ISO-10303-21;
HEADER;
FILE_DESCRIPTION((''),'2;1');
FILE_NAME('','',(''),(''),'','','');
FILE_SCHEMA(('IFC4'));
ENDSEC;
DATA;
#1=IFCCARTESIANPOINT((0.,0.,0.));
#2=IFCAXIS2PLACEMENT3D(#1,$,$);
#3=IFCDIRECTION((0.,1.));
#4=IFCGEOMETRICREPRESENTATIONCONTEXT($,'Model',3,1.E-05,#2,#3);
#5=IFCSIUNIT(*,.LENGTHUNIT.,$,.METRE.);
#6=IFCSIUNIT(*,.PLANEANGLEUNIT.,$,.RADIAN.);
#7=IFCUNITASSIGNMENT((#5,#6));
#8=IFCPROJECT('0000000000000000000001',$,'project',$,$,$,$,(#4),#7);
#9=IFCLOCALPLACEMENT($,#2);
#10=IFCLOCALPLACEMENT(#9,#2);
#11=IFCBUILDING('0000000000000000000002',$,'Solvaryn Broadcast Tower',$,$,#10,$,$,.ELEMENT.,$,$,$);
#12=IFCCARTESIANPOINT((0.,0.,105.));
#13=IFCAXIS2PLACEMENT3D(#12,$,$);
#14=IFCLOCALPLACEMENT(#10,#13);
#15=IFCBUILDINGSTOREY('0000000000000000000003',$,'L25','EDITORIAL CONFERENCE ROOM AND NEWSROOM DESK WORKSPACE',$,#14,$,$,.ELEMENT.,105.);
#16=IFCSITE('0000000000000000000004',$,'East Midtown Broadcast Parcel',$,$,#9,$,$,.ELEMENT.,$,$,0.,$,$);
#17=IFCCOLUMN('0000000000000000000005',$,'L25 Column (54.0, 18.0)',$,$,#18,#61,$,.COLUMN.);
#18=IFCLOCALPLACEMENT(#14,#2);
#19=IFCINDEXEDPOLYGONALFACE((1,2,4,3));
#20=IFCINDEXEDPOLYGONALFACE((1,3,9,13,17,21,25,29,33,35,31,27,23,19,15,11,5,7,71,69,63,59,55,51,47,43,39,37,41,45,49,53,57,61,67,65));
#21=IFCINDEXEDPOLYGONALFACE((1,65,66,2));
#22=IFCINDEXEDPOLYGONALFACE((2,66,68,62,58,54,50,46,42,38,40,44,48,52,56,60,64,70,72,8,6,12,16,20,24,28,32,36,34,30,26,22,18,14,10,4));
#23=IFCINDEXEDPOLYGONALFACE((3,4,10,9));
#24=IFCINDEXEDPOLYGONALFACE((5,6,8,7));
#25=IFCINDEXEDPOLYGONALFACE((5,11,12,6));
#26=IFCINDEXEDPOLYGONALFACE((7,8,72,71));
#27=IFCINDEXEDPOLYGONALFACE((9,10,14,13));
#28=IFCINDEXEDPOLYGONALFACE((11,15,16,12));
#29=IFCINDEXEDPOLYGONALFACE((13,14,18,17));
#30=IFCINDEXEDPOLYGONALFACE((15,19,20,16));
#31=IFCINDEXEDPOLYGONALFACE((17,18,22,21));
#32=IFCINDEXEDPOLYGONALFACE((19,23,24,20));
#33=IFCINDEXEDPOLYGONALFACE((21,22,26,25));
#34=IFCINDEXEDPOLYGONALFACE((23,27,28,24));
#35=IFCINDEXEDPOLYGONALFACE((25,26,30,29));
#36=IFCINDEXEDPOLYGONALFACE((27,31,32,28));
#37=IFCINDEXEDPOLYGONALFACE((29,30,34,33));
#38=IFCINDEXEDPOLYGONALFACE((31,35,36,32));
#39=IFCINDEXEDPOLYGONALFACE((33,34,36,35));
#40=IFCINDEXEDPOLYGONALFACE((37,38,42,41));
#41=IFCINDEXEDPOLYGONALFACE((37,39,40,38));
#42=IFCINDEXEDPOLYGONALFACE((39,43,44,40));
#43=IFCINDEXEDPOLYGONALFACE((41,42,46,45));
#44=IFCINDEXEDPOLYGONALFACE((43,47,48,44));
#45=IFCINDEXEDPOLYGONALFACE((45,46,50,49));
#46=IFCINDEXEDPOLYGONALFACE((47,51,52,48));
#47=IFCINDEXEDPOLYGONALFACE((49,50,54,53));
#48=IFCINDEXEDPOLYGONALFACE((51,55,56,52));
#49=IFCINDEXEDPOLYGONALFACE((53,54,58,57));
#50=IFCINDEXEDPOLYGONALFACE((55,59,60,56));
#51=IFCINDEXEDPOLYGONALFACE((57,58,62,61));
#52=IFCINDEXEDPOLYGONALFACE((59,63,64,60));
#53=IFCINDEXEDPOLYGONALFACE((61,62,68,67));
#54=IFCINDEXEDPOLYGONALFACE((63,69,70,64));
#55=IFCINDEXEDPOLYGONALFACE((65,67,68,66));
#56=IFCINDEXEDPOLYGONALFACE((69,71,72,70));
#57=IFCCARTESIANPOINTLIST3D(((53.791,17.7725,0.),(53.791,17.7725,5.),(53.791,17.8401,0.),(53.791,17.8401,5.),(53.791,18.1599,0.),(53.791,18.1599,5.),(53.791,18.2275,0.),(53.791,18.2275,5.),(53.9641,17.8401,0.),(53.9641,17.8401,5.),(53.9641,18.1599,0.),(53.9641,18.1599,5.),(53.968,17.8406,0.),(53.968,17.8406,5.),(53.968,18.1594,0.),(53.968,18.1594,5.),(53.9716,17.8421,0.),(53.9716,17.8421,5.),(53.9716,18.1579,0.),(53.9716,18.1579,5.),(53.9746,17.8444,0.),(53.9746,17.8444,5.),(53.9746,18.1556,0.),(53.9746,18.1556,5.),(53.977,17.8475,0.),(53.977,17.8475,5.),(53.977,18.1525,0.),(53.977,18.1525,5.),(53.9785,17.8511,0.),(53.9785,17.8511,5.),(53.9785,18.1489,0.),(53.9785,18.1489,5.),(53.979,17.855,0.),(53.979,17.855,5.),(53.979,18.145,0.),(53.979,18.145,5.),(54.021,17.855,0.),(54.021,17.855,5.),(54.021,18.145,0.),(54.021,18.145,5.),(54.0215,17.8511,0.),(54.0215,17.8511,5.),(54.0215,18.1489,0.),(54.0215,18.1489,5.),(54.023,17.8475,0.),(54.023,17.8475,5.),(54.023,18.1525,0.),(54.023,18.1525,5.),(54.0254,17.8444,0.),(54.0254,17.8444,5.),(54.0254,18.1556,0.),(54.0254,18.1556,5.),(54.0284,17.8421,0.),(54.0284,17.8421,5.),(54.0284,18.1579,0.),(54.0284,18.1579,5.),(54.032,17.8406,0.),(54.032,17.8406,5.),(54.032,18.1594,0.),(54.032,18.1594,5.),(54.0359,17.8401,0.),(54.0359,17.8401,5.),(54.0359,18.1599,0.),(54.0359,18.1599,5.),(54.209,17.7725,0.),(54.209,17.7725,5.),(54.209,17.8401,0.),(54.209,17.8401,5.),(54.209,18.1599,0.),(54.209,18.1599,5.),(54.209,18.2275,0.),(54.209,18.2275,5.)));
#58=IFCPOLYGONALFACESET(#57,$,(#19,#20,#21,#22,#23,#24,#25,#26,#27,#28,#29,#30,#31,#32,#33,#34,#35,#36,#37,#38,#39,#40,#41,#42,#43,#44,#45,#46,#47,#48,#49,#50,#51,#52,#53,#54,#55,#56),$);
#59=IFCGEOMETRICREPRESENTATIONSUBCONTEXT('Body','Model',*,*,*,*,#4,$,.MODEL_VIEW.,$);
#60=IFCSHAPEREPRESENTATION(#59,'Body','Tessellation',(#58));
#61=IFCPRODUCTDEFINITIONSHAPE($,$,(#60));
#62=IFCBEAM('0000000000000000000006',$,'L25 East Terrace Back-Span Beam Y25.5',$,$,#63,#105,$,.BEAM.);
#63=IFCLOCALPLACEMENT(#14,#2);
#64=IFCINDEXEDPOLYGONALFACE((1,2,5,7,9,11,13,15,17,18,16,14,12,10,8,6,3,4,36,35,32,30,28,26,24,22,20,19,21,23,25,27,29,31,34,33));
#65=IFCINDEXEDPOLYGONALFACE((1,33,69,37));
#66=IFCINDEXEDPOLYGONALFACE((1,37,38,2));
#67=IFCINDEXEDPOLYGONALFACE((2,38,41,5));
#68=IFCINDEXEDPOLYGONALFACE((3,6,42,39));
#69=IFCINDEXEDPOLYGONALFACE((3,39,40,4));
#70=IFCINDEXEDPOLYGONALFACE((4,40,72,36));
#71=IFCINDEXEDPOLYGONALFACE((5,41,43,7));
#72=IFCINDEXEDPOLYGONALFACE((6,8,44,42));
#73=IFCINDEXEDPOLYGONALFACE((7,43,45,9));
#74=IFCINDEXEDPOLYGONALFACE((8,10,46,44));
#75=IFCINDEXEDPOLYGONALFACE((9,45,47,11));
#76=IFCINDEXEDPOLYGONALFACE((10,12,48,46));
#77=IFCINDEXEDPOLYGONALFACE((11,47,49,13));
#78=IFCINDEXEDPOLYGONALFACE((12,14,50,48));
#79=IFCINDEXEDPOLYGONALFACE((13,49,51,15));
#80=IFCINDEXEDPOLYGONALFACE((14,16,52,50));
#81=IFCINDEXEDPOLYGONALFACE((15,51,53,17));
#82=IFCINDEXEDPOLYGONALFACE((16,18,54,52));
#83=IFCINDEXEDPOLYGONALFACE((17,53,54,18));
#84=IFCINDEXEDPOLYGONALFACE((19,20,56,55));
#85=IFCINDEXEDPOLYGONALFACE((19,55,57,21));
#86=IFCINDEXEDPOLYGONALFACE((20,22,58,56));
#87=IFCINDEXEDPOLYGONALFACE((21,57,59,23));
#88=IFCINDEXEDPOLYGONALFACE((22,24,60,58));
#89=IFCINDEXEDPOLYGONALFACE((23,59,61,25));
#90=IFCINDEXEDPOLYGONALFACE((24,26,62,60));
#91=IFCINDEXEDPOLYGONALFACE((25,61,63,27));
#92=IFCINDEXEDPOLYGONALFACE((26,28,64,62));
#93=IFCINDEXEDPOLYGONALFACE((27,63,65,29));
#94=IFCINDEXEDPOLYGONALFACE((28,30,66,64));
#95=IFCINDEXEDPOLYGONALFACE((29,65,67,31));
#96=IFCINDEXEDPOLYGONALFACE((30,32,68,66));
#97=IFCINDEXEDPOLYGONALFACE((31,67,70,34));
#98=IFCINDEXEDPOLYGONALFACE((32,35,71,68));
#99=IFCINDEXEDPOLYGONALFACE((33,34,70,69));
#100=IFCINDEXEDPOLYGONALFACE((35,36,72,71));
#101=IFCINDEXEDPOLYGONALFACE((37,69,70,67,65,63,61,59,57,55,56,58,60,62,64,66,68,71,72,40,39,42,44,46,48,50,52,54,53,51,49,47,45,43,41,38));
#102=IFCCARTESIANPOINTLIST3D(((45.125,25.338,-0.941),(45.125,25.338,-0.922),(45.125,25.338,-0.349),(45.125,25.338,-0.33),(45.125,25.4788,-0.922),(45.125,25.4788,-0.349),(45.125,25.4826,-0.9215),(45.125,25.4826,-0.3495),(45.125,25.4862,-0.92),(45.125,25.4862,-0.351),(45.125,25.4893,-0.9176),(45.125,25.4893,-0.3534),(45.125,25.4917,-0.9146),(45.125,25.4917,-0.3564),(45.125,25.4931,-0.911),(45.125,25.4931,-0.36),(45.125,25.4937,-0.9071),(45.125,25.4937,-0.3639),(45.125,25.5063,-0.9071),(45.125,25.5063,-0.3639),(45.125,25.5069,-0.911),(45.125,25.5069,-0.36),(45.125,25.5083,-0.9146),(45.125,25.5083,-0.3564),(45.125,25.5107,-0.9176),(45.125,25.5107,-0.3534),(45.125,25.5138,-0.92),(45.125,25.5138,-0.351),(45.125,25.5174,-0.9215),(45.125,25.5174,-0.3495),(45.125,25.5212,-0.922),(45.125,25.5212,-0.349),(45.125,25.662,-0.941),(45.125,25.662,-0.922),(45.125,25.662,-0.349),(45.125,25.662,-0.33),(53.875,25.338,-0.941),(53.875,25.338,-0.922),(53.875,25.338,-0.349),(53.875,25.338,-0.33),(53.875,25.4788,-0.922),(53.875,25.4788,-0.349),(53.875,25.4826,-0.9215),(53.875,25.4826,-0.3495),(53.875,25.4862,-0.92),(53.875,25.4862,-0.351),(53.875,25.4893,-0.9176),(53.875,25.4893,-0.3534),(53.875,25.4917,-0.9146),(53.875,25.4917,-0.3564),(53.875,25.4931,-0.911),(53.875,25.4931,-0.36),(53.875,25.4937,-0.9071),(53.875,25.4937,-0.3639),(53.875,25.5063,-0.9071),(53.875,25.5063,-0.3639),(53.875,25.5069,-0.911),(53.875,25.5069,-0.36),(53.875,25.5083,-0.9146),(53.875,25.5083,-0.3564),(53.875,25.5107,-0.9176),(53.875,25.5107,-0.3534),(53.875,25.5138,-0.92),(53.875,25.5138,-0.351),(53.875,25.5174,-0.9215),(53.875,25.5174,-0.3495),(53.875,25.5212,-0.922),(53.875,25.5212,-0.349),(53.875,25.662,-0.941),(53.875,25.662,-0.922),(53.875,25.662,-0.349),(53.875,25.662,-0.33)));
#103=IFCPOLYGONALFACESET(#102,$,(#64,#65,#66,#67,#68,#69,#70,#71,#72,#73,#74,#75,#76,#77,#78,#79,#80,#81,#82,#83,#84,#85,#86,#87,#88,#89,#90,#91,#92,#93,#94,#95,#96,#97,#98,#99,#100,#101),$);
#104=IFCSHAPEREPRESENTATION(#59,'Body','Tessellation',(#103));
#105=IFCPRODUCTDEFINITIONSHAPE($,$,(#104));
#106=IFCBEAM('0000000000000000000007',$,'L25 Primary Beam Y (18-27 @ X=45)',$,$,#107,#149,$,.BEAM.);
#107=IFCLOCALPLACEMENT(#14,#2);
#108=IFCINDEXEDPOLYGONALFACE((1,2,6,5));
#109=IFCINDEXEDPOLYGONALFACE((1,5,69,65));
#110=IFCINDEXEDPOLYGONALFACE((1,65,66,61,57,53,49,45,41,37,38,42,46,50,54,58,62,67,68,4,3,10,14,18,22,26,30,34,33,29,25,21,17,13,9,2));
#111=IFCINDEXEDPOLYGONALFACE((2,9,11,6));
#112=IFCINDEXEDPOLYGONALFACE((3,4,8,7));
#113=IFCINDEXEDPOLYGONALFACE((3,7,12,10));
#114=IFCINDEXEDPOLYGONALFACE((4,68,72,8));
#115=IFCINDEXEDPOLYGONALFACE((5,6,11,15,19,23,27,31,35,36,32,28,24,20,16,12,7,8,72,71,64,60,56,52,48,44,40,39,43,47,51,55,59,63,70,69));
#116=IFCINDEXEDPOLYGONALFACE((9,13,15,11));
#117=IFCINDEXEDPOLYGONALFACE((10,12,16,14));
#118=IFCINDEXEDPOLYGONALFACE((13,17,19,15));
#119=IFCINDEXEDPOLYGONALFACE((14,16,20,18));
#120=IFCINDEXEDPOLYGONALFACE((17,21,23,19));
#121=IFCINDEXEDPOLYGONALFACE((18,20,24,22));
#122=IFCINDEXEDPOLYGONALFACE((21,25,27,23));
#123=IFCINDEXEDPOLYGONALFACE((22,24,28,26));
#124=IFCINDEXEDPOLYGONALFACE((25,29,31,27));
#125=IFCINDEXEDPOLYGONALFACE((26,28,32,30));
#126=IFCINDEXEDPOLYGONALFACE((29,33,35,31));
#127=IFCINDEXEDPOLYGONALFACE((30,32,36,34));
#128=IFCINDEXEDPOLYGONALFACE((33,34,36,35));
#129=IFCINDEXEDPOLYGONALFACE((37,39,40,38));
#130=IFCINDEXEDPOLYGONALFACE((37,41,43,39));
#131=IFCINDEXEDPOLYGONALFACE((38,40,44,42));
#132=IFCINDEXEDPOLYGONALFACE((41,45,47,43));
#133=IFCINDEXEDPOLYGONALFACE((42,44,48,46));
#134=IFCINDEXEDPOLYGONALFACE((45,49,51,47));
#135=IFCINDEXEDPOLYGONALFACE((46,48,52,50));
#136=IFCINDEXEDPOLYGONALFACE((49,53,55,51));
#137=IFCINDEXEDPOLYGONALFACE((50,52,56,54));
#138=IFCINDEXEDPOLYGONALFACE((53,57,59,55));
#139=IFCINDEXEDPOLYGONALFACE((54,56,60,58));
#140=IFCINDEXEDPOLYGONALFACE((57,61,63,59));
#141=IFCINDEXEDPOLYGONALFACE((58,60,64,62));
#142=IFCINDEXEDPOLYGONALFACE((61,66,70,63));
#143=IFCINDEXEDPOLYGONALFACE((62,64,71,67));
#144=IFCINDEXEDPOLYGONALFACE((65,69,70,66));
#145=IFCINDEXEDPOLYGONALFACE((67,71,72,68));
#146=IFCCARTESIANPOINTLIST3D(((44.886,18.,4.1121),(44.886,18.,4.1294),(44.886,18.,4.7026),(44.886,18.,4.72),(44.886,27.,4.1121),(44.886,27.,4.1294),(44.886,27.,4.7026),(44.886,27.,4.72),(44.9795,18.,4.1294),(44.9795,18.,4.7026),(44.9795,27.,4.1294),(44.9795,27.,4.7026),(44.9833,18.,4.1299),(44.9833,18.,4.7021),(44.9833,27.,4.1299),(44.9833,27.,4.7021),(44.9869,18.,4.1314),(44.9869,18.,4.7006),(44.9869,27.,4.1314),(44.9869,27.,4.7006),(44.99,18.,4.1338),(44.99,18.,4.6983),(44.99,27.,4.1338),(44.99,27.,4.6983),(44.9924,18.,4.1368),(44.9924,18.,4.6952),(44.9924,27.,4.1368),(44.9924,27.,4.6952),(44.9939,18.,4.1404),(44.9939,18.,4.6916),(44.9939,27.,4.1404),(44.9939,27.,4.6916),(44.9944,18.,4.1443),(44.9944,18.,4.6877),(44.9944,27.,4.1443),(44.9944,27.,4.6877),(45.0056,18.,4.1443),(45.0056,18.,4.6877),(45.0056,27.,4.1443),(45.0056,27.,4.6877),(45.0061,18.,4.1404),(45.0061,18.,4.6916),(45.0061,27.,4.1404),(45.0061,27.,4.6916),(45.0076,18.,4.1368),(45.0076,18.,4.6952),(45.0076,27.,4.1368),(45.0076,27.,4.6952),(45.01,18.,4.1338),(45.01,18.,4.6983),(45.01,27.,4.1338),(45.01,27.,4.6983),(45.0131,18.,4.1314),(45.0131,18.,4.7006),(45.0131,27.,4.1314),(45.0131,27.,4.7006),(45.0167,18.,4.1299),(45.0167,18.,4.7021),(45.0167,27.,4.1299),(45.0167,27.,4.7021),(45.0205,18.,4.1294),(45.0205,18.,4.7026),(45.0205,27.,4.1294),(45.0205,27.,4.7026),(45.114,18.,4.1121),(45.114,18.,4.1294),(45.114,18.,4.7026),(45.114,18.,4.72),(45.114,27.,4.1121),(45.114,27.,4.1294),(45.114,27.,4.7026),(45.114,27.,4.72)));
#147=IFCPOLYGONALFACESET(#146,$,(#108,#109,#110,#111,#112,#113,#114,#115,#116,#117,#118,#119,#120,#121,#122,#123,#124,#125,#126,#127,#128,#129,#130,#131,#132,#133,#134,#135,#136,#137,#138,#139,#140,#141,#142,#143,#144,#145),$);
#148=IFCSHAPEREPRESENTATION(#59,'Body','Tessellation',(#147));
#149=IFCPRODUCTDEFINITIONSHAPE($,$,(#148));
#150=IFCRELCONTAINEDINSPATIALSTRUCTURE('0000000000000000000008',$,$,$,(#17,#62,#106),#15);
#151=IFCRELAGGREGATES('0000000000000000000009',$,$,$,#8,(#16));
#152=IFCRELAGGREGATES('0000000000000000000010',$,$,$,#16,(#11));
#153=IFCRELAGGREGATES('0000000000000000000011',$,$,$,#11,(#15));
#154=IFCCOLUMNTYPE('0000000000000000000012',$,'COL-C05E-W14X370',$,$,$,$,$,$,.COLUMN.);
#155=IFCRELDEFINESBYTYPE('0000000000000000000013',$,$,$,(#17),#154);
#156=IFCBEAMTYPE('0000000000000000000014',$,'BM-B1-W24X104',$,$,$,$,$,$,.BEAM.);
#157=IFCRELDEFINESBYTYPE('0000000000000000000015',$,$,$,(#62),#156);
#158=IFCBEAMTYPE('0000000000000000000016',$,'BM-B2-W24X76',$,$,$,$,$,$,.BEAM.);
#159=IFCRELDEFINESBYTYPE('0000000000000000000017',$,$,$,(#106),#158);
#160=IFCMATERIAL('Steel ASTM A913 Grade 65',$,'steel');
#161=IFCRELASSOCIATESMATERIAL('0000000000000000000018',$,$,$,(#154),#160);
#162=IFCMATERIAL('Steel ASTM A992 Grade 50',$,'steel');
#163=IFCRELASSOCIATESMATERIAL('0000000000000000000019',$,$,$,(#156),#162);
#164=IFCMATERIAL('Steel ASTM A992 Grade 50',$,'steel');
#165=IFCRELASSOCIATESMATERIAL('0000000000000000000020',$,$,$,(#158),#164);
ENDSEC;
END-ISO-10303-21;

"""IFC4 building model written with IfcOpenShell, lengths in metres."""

from ifc_helpers import new_model, si_unit, direction, frame, origin, origin_2d, place, context, subcontext, project, spatial, i_section, extrude, material, material_profile, profile_set, type_object, element, save


model = new_model("IFC4")

# Units and contexts
model_context = context("Model", 3, precision=1e-05, world=origin(), true_north=direction((0.0, 1.0)))
body_context = subcontext(model_context, "Body", "Model", "MODEL_VIEW")
ifc_project = project(units=[si_unit("LENGTHUNIT", "METRE"), si_unit("PLANEANGLEUNIT", "RADIAN")], contexts=[model_context])

# Site, building, storey
site_placement = place(None, origin())
site = spatial("IfcSite", under=ifc_project, at=site_placement, Name="East Midtown Broadcast Parcel", CompositionType="ELEMENT", RefElevation=0.0)
building_placement = place(site_placement, origin())
building = spatial("IfcBuilding", under=site, at=building_placement, Name="Solvaryn Broadcast Tower", CompositionType="ELEMENT")
storey_placement = place(building_placement, frame((0.0, 0.0, 105.0)))
storey = spatial("IfcBuildingStorey", under=building, at=storey_placement, Name="L25", Description="EDITORIAL CONFERENCE ROOM AND NEWSROOM DESK WORKSPACE", CompositionType="ELEMENT", Elevation=105.0)

# Column
ifc_material_1 = material(Name="Steel ASTM A913 Grade 65", Category="steel")
ifc_material_profile_1 = material_profile(ifc_material_1, i_section(OverallWidth=0.418, OverallDepth=0.4551, WebThickness=0.042, FlangeThickness=0.0676, FilletRadius=0.0149, at=origin_2d()))
ifc_profile_set_1 = profile_set([ifc_material_profile_1], Name="Steel ASTM A913 Grade 65")
column_type = type_object("IfcColumnType", Name="COL-C05E-W14X370", PredefinedType="COLUMN", material=ifc_profile_set_1)
column_placement = place(storey_placement, frame((54.0, 18.0, 0.0), z_axis=(0.0, 0.0, 1.0), x_axis=(1.0, 0.0, 0.0)))
element("IfcColumn", 1, at=column_placement, inside=storey, type_object=column_type, Name="L25 Column (54.0, 18.0)", PredefinedType="COLUMN", context=body_context, shape_type="SweptSolid", body=[
    extrude(i_section(OverallWidth=0.418, OverallDepth=0.4551, WebThickness=0.042, FlangeThickness=0.0676, FilletRadius=0.0149, at=origin_2d()), origin(), (0.0, 0.0, 1.0), 5.0),
])

# Beams
ifc_material_2 = material(Name="Steel ASTM A992 Grade 50", Category="steel")
ifc_material_profile_2 = material_profile(ifc_material_2, i_section(OverallWidth=0.324, OverallDepth=0.6111, WebThickness=0.0127, FlangeThickness=0.019, FilletRadius=0.0149, at=origin_2d()))
ifc_profile_set_2 = profile_set([ifc_material_profile_2], Name="Steel ASTM A992 Grade 50")
beam_type_1 = type_object("IfcBeamType", Name="BM-B1-W24X104", PredefinedType="BEAM", material=ifc_profile_set_2)
beam_1_placement = place(storey_placement, frame((45.125, 25.5, -0.6355), z_axis=(1.0, 0.0, 0.0), x_axis=(0.0, 1.0, 0.0)))
element("IfcBeam", 2, at=beam_1_placement, inside=storey, type_object=beam_type_1, Name="L25 East Terrace Back-Span Beam Y25.5", PredefinedType="BEAM", context=body_context, shape_type="SweptSolid", body=[
    extrude(i_section(OverallWidth=0.324, OverallDepth=0.6111, WebThickness=0.0127, FlangeThickness=0.019, FilletRadius=0.0149, at=origin_2d()), origin(), (0.0, 0.0, 1.0), 8.75),
])
ifc_material_3 = material(Name="Steel ASTM A992 Grade 50", Category="steel")
ifc_material_profile_3 = material_profile(ifc_material_3, i_section(OverallWidth=0.228, OverallDepth=0.6079, WebThickness=0.0112, FlangeThickness=0.0173, FilletRadius=0.0149, at=origin_2d()))
ifc_profile_set_3 = profile_set([ifc_material_profile_3], Name="Steel ASTM A992 Grade 50")
beam_type_2 = type_object("IfcBeamType", Name="BM-B2-W24X76", PredefinedType="BEAM", material=ifc_profile_set_3)
beam_2_placement = place(storey_placement, frame((45.0, 18.0, 4.416), z_axis=(0.0, 1.0, 0.0), x_axis=(-1.0, 0.0, 0.0)))
element("IfcBeam", 3, at=beam_2_placement, inside=storey, type_object=beam_type_2, Name="L25 Primary Beam Y (18-27 @ X=45)", PredefinedType="BEAM", context=body_context, shape_type="SweptSolid", body=[
    extrude(i_section(OverallWidth=0.228, OverallDepth=0.6079, WebThickness=0.0112, FlangeThickness=0.0173, FilletRadius=0.0149, at=origin_2d()), origin(), (0.0, 0.0, 1.0), 9.0),
])

save(model, "model.ifc")
